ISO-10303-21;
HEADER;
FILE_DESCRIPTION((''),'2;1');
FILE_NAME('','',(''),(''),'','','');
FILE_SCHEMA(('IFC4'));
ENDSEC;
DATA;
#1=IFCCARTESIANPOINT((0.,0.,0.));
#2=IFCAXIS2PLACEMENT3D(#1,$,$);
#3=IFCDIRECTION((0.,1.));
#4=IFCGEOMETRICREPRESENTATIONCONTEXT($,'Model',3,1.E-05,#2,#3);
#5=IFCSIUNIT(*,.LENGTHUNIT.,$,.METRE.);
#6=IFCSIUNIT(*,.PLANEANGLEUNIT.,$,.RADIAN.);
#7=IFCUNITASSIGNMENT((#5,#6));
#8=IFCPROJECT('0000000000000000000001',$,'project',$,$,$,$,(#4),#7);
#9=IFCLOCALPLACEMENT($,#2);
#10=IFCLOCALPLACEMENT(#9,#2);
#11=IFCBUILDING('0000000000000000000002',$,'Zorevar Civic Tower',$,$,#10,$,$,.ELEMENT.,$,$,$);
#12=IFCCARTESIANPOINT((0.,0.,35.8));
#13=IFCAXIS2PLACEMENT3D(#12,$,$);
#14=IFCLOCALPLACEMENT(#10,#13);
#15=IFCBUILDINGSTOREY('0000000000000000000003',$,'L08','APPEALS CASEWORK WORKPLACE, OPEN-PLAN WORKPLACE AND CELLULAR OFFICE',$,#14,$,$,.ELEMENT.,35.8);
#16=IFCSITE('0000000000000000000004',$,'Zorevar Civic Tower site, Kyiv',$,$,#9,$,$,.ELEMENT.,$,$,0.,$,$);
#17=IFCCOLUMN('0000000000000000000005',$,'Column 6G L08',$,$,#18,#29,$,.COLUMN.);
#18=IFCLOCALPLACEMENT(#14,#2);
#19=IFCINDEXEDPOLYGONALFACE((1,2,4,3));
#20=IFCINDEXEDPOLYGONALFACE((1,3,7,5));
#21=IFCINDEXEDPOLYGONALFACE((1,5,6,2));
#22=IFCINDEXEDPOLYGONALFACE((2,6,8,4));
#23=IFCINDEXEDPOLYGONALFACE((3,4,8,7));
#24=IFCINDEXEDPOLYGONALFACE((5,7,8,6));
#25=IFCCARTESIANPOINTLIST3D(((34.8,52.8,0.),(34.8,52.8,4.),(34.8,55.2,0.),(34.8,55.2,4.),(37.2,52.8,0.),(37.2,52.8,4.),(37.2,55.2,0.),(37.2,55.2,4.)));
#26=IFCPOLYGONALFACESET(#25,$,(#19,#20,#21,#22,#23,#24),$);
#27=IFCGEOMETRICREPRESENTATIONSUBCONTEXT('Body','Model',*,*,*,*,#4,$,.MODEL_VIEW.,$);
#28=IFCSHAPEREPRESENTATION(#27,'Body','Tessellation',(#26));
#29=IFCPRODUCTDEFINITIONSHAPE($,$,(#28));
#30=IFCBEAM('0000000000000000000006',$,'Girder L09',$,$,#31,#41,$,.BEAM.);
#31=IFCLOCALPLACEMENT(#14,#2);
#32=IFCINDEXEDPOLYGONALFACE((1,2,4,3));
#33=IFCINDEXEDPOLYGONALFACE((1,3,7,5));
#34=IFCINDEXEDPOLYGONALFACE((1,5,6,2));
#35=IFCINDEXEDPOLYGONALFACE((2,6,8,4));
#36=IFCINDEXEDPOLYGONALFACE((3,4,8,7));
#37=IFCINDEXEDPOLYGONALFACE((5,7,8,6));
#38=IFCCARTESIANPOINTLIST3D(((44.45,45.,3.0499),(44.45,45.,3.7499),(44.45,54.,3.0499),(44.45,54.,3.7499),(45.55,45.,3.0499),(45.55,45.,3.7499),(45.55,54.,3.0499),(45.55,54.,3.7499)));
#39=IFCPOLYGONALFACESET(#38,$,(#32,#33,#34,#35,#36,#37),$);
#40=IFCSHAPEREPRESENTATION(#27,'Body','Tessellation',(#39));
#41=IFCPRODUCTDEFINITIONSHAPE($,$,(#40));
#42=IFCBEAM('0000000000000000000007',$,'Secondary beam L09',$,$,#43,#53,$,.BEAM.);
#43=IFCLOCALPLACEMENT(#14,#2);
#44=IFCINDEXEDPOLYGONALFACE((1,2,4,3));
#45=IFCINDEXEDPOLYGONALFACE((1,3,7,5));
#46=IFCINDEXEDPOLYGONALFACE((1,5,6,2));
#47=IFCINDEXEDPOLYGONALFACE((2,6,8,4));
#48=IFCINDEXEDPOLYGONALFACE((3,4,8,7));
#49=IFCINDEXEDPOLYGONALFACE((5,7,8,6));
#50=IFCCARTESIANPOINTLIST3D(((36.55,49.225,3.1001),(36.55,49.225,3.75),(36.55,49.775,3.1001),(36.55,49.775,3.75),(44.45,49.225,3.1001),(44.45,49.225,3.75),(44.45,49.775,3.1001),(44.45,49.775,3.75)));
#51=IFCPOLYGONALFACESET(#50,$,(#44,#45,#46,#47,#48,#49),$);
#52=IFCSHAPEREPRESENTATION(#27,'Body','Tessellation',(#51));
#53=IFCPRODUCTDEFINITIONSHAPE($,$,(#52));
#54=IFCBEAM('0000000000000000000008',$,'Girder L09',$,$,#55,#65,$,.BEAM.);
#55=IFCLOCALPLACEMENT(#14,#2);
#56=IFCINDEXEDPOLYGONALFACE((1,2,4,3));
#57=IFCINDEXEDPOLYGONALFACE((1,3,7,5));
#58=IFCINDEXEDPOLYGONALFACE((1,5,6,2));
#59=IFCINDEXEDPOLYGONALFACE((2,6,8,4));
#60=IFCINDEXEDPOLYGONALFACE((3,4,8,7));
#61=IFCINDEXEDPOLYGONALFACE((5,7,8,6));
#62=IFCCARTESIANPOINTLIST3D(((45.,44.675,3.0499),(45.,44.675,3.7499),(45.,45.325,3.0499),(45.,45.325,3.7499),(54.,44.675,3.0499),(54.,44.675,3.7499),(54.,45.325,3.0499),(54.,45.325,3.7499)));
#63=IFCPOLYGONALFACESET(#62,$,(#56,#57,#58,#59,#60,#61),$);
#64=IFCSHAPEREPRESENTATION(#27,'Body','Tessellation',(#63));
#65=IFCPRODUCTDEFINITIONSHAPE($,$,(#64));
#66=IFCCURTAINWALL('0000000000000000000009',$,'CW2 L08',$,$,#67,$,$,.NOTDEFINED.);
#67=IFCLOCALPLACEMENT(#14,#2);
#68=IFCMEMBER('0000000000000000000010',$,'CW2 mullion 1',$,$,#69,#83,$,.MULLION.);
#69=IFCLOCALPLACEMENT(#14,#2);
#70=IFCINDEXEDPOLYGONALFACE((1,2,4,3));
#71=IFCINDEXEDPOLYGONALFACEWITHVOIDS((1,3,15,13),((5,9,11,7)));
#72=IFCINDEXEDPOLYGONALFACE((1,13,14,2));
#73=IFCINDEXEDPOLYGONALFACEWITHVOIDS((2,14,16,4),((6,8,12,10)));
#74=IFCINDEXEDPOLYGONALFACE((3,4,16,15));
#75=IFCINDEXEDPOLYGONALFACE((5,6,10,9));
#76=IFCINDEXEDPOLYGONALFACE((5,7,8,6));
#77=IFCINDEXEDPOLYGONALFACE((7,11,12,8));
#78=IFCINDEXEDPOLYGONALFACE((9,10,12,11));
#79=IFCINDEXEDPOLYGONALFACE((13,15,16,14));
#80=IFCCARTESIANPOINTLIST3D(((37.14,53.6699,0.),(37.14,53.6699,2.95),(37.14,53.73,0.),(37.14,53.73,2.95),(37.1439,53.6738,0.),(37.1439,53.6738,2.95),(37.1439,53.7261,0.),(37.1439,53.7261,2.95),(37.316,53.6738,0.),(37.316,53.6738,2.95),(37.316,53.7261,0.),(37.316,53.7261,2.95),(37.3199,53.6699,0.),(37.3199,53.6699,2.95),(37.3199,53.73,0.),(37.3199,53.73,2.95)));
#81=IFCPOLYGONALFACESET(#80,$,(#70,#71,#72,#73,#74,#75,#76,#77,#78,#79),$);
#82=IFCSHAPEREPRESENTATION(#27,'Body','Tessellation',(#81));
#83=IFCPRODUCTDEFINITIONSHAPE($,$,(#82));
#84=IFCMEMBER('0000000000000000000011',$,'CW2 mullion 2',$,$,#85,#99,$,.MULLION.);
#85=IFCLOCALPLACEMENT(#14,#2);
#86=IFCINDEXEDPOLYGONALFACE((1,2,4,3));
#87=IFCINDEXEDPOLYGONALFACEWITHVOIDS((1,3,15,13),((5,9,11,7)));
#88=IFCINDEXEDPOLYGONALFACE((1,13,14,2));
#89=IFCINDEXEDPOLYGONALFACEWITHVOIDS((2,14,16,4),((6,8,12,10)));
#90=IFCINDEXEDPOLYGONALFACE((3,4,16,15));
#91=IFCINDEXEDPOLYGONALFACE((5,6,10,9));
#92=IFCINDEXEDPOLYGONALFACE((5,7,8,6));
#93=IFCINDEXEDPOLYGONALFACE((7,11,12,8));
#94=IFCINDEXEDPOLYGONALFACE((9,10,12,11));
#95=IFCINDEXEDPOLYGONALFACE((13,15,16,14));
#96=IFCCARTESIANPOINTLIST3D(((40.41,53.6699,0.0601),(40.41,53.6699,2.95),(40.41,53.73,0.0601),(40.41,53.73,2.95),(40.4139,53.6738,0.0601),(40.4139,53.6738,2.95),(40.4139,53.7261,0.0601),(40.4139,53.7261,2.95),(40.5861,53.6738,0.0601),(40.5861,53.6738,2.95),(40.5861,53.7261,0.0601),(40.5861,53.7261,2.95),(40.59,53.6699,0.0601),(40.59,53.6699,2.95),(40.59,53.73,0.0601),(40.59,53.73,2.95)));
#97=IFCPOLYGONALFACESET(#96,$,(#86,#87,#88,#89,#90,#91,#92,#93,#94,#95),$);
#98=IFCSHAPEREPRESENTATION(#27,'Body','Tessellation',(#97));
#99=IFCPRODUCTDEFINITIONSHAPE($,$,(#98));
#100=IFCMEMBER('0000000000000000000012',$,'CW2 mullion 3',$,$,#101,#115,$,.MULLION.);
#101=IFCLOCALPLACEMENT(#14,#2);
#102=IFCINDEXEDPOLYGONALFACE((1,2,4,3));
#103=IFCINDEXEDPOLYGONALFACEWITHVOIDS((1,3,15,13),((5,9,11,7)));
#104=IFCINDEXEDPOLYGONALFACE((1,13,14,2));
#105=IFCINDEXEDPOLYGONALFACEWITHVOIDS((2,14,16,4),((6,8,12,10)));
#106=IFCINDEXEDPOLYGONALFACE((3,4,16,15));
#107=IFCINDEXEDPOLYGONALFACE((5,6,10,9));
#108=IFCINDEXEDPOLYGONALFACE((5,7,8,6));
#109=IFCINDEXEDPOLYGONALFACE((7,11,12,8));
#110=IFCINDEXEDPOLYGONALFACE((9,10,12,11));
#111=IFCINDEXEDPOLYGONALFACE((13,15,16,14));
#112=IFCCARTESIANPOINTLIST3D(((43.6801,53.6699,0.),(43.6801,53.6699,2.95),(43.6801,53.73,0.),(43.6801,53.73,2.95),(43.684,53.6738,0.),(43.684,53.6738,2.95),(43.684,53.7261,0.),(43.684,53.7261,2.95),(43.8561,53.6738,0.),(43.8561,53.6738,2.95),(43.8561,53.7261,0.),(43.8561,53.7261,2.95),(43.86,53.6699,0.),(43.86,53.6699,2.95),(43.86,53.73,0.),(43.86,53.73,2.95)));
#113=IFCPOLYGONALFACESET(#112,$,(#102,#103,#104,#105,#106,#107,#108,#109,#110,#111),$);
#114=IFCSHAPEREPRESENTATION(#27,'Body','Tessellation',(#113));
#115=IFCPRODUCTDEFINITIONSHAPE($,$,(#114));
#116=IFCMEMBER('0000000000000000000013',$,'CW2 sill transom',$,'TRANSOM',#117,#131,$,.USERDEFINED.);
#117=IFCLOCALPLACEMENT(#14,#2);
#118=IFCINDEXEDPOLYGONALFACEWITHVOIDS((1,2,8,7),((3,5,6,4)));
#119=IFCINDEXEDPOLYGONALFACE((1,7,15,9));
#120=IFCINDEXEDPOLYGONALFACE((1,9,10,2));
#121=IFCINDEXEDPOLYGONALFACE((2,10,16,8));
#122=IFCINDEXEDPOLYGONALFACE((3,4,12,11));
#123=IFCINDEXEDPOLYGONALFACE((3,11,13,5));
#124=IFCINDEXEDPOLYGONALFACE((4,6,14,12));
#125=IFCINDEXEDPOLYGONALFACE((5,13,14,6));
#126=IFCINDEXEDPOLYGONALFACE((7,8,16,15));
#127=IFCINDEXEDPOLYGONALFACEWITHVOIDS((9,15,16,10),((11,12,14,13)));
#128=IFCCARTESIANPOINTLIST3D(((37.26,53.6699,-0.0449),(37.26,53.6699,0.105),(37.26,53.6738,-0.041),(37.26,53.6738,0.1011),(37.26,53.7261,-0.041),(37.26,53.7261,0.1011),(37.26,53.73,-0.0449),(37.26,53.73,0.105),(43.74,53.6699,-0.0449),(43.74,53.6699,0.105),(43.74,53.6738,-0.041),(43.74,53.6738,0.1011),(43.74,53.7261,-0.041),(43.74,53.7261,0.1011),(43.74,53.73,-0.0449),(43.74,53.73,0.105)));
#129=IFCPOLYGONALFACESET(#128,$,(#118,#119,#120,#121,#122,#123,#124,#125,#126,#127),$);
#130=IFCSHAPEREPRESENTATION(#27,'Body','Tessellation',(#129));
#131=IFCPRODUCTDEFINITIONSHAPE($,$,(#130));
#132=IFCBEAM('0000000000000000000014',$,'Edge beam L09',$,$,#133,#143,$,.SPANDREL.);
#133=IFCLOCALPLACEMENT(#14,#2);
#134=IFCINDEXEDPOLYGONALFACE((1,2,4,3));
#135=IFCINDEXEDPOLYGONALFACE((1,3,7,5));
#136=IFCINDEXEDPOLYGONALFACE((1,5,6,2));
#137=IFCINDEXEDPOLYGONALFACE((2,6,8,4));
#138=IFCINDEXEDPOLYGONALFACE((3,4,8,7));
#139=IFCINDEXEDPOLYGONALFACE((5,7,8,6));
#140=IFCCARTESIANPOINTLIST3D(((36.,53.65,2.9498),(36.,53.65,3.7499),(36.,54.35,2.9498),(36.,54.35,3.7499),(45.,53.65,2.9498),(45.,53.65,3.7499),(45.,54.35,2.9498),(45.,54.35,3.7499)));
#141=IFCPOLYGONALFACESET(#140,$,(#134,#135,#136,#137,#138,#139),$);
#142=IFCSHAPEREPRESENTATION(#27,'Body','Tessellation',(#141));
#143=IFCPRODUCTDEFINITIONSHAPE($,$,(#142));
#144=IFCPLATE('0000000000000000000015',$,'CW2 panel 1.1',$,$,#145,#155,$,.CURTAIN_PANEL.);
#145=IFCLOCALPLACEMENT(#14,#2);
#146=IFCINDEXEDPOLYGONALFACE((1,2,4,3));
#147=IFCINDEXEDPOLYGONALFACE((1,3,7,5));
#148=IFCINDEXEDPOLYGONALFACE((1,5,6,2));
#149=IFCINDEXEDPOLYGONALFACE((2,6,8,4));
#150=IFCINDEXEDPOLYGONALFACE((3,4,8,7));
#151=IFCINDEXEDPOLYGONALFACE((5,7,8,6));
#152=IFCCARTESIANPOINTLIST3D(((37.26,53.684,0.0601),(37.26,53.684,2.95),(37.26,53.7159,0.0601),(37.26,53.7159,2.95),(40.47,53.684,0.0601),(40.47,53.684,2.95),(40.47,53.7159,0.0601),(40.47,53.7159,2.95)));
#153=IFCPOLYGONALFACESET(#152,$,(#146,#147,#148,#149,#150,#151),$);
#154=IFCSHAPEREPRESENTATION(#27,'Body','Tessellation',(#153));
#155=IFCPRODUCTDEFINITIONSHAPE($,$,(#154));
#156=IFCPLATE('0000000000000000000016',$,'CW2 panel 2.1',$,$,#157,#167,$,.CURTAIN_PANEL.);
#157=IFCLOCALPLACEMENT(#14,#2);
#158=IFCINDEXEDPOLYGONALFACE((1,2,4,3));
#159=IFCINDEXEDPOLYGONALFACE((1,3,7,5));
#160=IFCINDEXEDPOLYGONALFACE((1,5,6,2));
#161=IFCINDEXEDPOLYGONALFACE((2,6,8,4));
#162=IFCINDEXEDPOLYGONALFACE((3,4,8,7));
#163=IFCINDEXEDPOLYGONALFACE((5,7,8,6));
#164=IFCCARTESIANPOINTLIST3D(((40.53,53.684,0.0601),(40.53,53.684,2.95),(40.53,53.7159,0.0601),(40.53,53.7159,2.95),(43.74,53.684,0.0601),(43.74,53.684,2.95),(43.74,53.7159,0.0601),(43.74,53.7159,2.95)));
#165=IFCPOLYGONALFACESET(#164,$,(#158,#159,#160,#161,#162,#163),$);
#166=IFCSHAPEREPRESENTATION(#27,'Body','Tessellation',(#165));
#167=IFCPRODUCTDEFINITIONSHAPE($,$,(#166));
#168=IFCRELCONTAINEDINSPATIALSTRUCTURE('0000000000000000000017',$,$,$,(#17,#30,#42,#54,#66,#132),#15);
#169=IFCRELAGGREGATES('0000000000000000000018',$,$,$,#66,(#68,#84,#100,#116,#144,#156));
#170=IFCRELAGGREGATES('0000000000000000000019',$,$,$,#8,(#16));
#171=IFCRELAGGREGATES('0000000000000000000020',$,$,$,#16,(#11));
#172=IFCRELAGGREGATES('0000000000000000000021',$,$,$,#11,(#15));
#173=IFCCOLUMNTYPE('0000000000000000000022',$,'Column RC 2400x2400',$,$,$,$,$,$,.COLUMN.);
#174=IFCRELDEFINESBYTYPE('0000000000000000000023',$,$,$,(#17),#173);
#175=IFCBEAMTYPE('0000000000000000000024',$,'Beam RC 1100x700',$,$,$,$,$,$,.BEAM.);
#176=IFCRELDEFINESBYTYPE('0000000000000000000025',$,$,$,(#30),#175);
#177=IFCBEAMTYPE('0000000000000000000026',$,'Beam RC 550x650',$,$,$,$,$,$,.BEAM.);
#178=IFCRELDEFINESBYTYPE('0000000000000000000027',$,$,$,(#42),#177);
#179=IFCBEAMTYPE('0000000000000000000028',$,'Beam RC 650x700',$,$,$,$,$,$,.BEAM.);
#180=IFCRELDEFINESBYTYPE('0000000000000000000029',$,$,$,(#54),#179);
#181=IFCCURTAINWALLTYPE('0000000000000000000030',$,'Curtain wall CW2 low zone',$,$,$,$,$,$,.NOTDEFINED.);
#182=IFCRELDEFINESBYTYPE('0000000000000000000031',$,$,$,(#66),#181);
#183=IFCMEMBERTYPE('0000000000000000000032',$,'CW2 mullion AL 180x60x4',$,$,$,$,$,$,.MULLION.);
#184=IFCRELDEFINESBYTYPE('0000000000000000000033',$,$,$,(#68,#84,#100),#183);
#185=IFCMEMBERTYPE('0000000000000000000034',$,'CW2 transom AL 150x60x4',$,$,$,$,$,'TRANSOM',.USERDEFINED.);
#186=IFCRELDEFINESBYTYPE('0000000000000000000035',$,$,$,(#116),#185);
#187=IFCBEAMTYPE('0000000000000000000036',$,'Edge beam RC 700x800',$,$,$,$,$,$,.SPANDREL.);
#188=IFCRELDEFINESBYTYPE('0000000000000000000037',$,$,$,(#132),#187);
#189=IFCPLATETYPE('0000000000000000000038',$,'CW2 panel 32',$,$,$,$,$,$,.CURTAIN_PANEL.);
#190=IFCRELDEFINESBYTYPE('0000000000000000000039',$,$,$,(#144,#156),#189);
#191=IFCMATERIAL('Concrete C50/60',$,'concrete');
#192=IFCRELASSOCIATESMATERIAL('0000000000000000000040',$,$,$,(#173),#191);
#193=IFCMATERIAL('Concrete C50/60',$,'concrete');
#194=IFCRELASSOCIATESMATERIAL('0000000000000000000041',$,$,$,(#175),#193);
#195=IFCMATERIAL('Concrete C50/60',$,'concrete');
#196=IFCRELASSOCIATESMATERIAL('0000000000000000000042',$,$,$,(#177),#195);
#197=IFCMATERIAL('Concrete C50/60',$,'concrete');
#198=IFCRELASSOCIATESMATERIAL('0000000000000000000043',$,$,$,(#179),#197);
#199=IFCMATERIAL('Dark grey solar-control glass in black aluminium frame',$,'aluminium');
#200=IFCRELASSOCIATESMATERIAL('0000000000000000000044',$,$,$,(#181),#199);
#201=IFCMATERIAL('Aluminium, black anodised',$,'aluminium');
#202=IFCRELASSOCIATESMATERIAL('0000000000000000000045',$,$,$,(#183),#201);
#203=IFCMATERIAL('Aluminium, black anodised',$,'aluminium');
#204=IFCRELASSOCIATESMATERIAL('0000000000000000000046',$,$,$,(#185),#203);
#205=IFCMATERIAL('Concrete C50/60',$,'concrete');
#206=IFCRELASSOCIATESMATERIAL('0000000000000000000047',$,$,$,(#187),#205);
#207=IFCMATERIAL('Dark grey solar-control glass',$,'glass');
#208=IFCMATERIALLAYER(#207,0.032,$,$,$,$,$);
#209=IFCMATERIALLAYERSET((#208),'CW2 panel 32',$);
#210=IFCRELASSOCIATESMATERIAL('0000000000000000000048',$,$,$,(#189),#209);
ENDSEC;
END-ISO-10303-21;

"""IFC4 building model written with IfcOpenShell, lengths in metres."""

from ifc_helpers import new_model, si_unit, direction, frame, origin, origin_2d, place, context, subcontext, project, spatial, rectangle, hollow_rectangle, extrude, material, layer, layer_set, material_profile, profile_set, type_object, element, aggregate, save


model = new_model("IFC4")

# Units and contexts
model_context = context("Model", 3, precision=1e-05, world=origin(), true_north=direction((0.0, 1.0)))
body_context = subcontext(model_context, "Body", "Model", "MODEL_VIEW")
ifc_project = project(units=[si_unit("LENGTHUNIT", "METRE"), si_unit("PLANEANGLEUNIT", "RADIAN")], contexts=[model_context])

# Site, building, storey
site_placement = place(None, origin())
site = spatial("IfcSite", under=ifc_project, at=site_placement, Name="Zorevar Civic Tower site, Kyiv", CompositionType="ELEMENT", RefElevation=0.0)
building_placement = place(site_placement, origin())
building = spatial("IfcBuilding", under=site, at=building_placement, Name="Zorevar Civic Tower", CompositionType="ELEMENT")
storey_placement = place(building_placement, frame((0.0, 0.0, 35.8)))
storey = spatial("IfcBuildingStorey", under=building, at=storey_placement, Name="L08", Description="APPEALS CASEWORK WORKPLACE, OPEN-PLAN WORKPLACE AND CELLULAR OFFICE", CompositionType="ELEMENT", Elevation=35.8)

# Column
ifc_material_1 = material(Name="Concrete C50/60", Category="concrete")
ifc_material_profile_1 = material_profile(ifc_material_1, rectangle(XDim=2.3999, YDim=2.3999, at=origin_2d()), Name="RC 2400x2400")
ifc_profile_set_1 = profile_set([ifc_material_profile_1], Name="Concrete C50/60")
column_type = type_object("IfcColumnType", Name="Column RC 2400x2400", PredefinedType="COLUMN", material=ifc_profile_set_1)
column_placement = place(storey_placement, frame((36.0, 54.0, 0.0), z_axis=(0.0, 0.0, 1.0), x_axis=(1.0, 0.0, 0.0)))
element("IfcColumn", 1, at=column_placement, inside=storey, type_object=column_type, Name="Column 6G L08", PredefinedType="COLUMN", context=body_context, shape_type="SweptSolid", body=[
    extrude(rectangle(XDim=2.3999, YDim=2.3999, at=origin_2d()), origin(), (0.0, 0.0, 1.0), 4.0),
])

# Beams
ifc_material_2 = material(Name="Concrete C50/60", Category="concrete")
ifc_material_profile_2 = material_profile(ifc_material_2, rectangle(XDim=1.1001, YDim=0.7, at=origin_2d()), Name="RC 1100x700")
ifc_profile_set_2 = profile_set([ifc_material_profile_2], Name="Concrete C50/60")
beam_type_1 = type_object("IfcBeamType", Name="Beam RC 1100x700", PredefinedType="BEAM", material=ifc_profile_set_2)
beam_1_placement = place(storey_placement, frame((45.0, 45.0, 3.3999), z_axis=(0.0, 1.0, 0.0), x_axis=(-1.0, 0.0, 0.0)))
element("IfcBeam", 2, at=beam_1_placement, inside=storey, type_object=beam_type_1, Name="Girder L09", PredefinedType="BEAM", context=body_context, shape_type="SweptSolid", body=[
    extrude(rectangle(XDim=1.1001, YDim=0.7, at=origin_2d()), origin(), (0.0, 0.0, 1.0), 9.0),
])
ifc_material_3 = material(Name="Concrete C50/60", Category="concrete")
ifc_material_profile_3 = material_profile(ifc_material_3, rectangle(XDim=0.55, YDim=0.6499, at=origin_2d()), Name="RC 550x650")
ifc_profile_set_3 = profile_set([ifc_material_profile_3], Name="Concrete C50/60")
beam_type_2 = type_object("IfcBeamType", Name="Beam RC 550x650", PredefinedType="BEAM", material=ifc_profile_set_3)
beam_2_placement = place(storey_placement, frame((36.55, 49.5, 3.425), z_axis=(1.0, 0.0, 0.0), x_axis=(0.0, 1.0, 0.0)))
element("IfcBeam", 3, at=beam_2_placement, inside=storey, type_object=beam_type_2, Name="Secondary beam L09", PredefinedType="BEAM", context=body_context, shape_type="SweptSolid", body=[
    extrude(rectangle(XDim=0.55, YDim=0.6499, at=origin_2d()), origin(), (0.0, 0.0, 1.0), 7.8999),
])
ifc_material_4 = material(Name="Concrete C50/60", Category="concrete")
ifc_material_profile_4 = material_profile(ifc_material_4, rectangle(XDim=0.6499, YDim=0.7, at=origin_2d()), Name="RC 650x700")
ifc_profile_set_4 = profile_set([ifc_material_profile_4], Name="Concrete C50/60")
beam_type_3 = type_object("IfcBeamType", Name="Beam RC 650x700", PredefinedType="BEAM", material=ifc_profile_set_4)
beam_3_placement = place(storey_placement, frame((45.0, 45.0, 3.3999), z_axis=(1.0, 0.0, 0.0), x_axis=(0.0, 1.0, 0.0)))
element("IfcBeam", 4, at=beam_3_placement, inside=storey, type_object=beam_type_3, Name="Girder L09", PredefinedType="BEAM", context=body_context, shape_type="SweptSolid", body=[
    extrude(rectangle(XDim=0.6499, YDim=0.7, at=origin_2d()), origin(), (0.0, 0.0, 1.0), 9.0),
])

# Curtain wall, members
ifc_material_5 = material(Name="Dark grey solar-control glass in black aluminium frame", Category="aluminium")
curtain_wall_type = type_object("IfcCurtainWallType", Name="Curtain wall CW2 low zone", PredefinedType="NOTDEFINED", material=ifc_material_5)
curtain_wall_placement = place(storey_placement, origin())
curtain_wall = element("IfcCurtainWall", 5, at=curtain_wall_placement, inside=storey, type_object=curtain_wall_type, Name="CW2 L08", PredefinedType="NOTDEFINED")
ifc_material_6 = material(Name="Aluminium, black anodised", Category="aluminium")
ifc_material_profile_5 = material_profile(ifc_material_6, hollow_rectangle(XDim=0.0601, YDim=0.1799, WallThickness=0.0039, at=origin_2d()), Name="AL 180x60x4")
ifc_profile_set_5 = profile_set([ifc_material_profile_5], Name="Aluminium, black anodised")
member_type_1 = type_object("IfcMemberType", Name="CW2 mullion AL 180x60x4", PredefinedType="MULLION", material=ifc_profile_set_5)
member_1_placement = place(storey_placement, frame((37.23, 53.7, 0.0), z_axis=(0.0, 0.0, 1.0), x_axis=(0.0, 1.0, 0.0)))
member_1 = element("IfcMember", 6, at=member_1_placement, type_object=member_type_1, Name="CW2 mullion 1", PredefinedType="MULLION", context=body_context, shape_type="SweptSolid", body=[
    extrude(hollow_rectangle(XDim=0.0601, YDim=0.1799, WallThickness=0.0039, at=origin_2d()), origin(), (0.0, 0.0, 1.0), 2.95),
])
member_2_placement = place(storey_placement, frame((40.5, 53.7, 0.0601), z_axis=(0.0, 0.0, 1.0), x_axis=(0.0, 1.0, 0.0)))
member_2 = element("IfcMember", 7, at=member_2_placement, type_object=member_type_1, Name="CW2 mullion 2", PredefinedType="MULLION", context=body_context, shape_type="SweptSolid", body=[
    extrude(hollow_rectangle(XDim=0.0601, YDim=0.1799, WallThickness=0.0039, at=origin_2d()), origin(), (0.0, 0.0, 1.0), 2.8899),
])
member_3_placement = place(storey_placement, frame((43.77, 53.7, 0.0), z_axis=(0.0, 0.0, 1.0), x_axis=(0.0, 1.0, 0.0)))
member_3 = element("IfcMember", 8, at=member_3_placement, type_object=member_type_1, Name="CW2 mullion 3", PredefinedType="MULLION", context=body_context, shape_type="SweptSolid", body=[
    extrude(hollow_rectangle(XDim=0.0601, YDim=0.1799, WallThickness=0.0039, at=origin_2d()), origin(), (0.0, 0.0, 1.0), 2.95),
])
ifc_material_7 = material(Name="Aluminium, black anodised", Category="aluminium")
ifc_material_profile_6 = material_profile(ifc_material_7, hollow_rectangle(XDim=0.0601, YDim=0.1499, WallThickness=0.0039, at=origin_2d()), Name="AL 150x60x4")
ifc_profile_set_6 = profile_set([ifc_material_profile_6], Name="Aluminium, black anodised")
member_type_2 = type_object("IfcMemberType", Name="CW2 transom AL 150x60x4", ElementType="TRANSOM", PredefinedType="USERDEFINED", material=ifc_profile_set_6)
member_4_placement = place(storey_placement, frame((37.26, 53.7, 0.03), z_axis=(1.0, 0.0, 0.0), x_axis=(0.0, 1.0, 0.0)))
member_4 = element("IfcMember", 9, at=member_4_placement, type_object=member_type_2, Name="CW2 sill transom", ObjectType="TRANSOM", PredefinedType="USERDEFINED", context=body_context, shape_type="SweptSolid", body=[
    extrude(hollow_rectangle(XDim=0.0601, YDim=0.1499, WallThickness=0.0039, at=origin_2d()), origin(), (0.0, 0.0, 1.0), 6.48),
])

# Beam
ifc_material_8 = material(Name="Concrete C50/60", Category="concrete")
ifc_material_profile_7 = material_profile(ifc_material_8, rectangle(XDim=0.7, YDim=0.8, at=origin_2d()), Name="RC 700x800")
ifc_profile_set_7 = profile_set([ifc_material_profile_7], Name="Concrete C50/60")
beam_type_4 = type_object("IfcBeamType", Name="Edge beam RC 700x800", PredefinedType="SPANDREL", material=ifc_profile_set_7)
beam_4_placement = place(storey_placement, frame((36.0, 54.0, 3.3499), z_axis=(1.0, 0.0, 0.0), x_axis=(0.0, 1.0, 0.0)))
element("IfcBeam", 10, at=beam_4_placement, inside=storey, type_object=beam_type_4, Name="Edge beam L09", PredefinedType="SPANDREL", context=body_context, shape_type="SweptSolid", body=[
    extrude(rectangle(XDim=0.7, YDim=0.8, at=origin_2d()), origin(), (0.0, 0.0, 1.0), 9.0),
])

# Plates
ifc_material_9 = material(Name="Dark grey solar-control glass", Category="glass")
ifc_layer_1 = layer(ifc_material_9, 0.032)
ifc_layer_set_1 = layer_set([ifc_layer_1], Name="CW2 panel 32")
plate_type = type_object("IfcPlateType", Name="CW2 panel 32", PredefinedType="CURTAIN_PANEL", material=ifc_layer_set_1)
plate_1_placement = place(storey_placement, frame((38.865, 53.7, 0.0601), z_axis=(0.0, 0.0, 1.0), x_axis=(1.0, 0.0, 0.0)))
plate_1 = element("IfcPlate", 11, at=plate_1_placement, type_object=plate_type, Name="CW2 panel 1.1", PredefinedType="CURTAIN_PANEL", context=body_context, shape_type="SweptSolid", body=[
    extrude(rectangle(XDim=3.21, YDim=0.032, at=origin_2d()), origin(), (0.0, 0.0, 1.0), 2.8899),
])
plate_2_placement = place(storey_placement, frame((42.135, 53.7, 0.0601), z_axis=(0.0, 0.0, 1.0), x_axis=(1.0, 0.0, 0.0)))
plate_2 = element("IfcPlate", 12, at=plate_2_placement, type_object=plate_type, Name="CW2 panel 2.1", PredefinedType="CURTAIN_PANEL", context=body_context, shape_type="SweptSolid", body=[
    extrude(rectangle(XDim=3.21, YDim=0.032, at=origin_2d()), origin(), (0.0, 0.0, 1.0), 2.8899),
])
aggregate(curtain_wall, [member_1, member_2, member_3, member_4, plate_1, plate_2])

save(model, "model.ifc")
